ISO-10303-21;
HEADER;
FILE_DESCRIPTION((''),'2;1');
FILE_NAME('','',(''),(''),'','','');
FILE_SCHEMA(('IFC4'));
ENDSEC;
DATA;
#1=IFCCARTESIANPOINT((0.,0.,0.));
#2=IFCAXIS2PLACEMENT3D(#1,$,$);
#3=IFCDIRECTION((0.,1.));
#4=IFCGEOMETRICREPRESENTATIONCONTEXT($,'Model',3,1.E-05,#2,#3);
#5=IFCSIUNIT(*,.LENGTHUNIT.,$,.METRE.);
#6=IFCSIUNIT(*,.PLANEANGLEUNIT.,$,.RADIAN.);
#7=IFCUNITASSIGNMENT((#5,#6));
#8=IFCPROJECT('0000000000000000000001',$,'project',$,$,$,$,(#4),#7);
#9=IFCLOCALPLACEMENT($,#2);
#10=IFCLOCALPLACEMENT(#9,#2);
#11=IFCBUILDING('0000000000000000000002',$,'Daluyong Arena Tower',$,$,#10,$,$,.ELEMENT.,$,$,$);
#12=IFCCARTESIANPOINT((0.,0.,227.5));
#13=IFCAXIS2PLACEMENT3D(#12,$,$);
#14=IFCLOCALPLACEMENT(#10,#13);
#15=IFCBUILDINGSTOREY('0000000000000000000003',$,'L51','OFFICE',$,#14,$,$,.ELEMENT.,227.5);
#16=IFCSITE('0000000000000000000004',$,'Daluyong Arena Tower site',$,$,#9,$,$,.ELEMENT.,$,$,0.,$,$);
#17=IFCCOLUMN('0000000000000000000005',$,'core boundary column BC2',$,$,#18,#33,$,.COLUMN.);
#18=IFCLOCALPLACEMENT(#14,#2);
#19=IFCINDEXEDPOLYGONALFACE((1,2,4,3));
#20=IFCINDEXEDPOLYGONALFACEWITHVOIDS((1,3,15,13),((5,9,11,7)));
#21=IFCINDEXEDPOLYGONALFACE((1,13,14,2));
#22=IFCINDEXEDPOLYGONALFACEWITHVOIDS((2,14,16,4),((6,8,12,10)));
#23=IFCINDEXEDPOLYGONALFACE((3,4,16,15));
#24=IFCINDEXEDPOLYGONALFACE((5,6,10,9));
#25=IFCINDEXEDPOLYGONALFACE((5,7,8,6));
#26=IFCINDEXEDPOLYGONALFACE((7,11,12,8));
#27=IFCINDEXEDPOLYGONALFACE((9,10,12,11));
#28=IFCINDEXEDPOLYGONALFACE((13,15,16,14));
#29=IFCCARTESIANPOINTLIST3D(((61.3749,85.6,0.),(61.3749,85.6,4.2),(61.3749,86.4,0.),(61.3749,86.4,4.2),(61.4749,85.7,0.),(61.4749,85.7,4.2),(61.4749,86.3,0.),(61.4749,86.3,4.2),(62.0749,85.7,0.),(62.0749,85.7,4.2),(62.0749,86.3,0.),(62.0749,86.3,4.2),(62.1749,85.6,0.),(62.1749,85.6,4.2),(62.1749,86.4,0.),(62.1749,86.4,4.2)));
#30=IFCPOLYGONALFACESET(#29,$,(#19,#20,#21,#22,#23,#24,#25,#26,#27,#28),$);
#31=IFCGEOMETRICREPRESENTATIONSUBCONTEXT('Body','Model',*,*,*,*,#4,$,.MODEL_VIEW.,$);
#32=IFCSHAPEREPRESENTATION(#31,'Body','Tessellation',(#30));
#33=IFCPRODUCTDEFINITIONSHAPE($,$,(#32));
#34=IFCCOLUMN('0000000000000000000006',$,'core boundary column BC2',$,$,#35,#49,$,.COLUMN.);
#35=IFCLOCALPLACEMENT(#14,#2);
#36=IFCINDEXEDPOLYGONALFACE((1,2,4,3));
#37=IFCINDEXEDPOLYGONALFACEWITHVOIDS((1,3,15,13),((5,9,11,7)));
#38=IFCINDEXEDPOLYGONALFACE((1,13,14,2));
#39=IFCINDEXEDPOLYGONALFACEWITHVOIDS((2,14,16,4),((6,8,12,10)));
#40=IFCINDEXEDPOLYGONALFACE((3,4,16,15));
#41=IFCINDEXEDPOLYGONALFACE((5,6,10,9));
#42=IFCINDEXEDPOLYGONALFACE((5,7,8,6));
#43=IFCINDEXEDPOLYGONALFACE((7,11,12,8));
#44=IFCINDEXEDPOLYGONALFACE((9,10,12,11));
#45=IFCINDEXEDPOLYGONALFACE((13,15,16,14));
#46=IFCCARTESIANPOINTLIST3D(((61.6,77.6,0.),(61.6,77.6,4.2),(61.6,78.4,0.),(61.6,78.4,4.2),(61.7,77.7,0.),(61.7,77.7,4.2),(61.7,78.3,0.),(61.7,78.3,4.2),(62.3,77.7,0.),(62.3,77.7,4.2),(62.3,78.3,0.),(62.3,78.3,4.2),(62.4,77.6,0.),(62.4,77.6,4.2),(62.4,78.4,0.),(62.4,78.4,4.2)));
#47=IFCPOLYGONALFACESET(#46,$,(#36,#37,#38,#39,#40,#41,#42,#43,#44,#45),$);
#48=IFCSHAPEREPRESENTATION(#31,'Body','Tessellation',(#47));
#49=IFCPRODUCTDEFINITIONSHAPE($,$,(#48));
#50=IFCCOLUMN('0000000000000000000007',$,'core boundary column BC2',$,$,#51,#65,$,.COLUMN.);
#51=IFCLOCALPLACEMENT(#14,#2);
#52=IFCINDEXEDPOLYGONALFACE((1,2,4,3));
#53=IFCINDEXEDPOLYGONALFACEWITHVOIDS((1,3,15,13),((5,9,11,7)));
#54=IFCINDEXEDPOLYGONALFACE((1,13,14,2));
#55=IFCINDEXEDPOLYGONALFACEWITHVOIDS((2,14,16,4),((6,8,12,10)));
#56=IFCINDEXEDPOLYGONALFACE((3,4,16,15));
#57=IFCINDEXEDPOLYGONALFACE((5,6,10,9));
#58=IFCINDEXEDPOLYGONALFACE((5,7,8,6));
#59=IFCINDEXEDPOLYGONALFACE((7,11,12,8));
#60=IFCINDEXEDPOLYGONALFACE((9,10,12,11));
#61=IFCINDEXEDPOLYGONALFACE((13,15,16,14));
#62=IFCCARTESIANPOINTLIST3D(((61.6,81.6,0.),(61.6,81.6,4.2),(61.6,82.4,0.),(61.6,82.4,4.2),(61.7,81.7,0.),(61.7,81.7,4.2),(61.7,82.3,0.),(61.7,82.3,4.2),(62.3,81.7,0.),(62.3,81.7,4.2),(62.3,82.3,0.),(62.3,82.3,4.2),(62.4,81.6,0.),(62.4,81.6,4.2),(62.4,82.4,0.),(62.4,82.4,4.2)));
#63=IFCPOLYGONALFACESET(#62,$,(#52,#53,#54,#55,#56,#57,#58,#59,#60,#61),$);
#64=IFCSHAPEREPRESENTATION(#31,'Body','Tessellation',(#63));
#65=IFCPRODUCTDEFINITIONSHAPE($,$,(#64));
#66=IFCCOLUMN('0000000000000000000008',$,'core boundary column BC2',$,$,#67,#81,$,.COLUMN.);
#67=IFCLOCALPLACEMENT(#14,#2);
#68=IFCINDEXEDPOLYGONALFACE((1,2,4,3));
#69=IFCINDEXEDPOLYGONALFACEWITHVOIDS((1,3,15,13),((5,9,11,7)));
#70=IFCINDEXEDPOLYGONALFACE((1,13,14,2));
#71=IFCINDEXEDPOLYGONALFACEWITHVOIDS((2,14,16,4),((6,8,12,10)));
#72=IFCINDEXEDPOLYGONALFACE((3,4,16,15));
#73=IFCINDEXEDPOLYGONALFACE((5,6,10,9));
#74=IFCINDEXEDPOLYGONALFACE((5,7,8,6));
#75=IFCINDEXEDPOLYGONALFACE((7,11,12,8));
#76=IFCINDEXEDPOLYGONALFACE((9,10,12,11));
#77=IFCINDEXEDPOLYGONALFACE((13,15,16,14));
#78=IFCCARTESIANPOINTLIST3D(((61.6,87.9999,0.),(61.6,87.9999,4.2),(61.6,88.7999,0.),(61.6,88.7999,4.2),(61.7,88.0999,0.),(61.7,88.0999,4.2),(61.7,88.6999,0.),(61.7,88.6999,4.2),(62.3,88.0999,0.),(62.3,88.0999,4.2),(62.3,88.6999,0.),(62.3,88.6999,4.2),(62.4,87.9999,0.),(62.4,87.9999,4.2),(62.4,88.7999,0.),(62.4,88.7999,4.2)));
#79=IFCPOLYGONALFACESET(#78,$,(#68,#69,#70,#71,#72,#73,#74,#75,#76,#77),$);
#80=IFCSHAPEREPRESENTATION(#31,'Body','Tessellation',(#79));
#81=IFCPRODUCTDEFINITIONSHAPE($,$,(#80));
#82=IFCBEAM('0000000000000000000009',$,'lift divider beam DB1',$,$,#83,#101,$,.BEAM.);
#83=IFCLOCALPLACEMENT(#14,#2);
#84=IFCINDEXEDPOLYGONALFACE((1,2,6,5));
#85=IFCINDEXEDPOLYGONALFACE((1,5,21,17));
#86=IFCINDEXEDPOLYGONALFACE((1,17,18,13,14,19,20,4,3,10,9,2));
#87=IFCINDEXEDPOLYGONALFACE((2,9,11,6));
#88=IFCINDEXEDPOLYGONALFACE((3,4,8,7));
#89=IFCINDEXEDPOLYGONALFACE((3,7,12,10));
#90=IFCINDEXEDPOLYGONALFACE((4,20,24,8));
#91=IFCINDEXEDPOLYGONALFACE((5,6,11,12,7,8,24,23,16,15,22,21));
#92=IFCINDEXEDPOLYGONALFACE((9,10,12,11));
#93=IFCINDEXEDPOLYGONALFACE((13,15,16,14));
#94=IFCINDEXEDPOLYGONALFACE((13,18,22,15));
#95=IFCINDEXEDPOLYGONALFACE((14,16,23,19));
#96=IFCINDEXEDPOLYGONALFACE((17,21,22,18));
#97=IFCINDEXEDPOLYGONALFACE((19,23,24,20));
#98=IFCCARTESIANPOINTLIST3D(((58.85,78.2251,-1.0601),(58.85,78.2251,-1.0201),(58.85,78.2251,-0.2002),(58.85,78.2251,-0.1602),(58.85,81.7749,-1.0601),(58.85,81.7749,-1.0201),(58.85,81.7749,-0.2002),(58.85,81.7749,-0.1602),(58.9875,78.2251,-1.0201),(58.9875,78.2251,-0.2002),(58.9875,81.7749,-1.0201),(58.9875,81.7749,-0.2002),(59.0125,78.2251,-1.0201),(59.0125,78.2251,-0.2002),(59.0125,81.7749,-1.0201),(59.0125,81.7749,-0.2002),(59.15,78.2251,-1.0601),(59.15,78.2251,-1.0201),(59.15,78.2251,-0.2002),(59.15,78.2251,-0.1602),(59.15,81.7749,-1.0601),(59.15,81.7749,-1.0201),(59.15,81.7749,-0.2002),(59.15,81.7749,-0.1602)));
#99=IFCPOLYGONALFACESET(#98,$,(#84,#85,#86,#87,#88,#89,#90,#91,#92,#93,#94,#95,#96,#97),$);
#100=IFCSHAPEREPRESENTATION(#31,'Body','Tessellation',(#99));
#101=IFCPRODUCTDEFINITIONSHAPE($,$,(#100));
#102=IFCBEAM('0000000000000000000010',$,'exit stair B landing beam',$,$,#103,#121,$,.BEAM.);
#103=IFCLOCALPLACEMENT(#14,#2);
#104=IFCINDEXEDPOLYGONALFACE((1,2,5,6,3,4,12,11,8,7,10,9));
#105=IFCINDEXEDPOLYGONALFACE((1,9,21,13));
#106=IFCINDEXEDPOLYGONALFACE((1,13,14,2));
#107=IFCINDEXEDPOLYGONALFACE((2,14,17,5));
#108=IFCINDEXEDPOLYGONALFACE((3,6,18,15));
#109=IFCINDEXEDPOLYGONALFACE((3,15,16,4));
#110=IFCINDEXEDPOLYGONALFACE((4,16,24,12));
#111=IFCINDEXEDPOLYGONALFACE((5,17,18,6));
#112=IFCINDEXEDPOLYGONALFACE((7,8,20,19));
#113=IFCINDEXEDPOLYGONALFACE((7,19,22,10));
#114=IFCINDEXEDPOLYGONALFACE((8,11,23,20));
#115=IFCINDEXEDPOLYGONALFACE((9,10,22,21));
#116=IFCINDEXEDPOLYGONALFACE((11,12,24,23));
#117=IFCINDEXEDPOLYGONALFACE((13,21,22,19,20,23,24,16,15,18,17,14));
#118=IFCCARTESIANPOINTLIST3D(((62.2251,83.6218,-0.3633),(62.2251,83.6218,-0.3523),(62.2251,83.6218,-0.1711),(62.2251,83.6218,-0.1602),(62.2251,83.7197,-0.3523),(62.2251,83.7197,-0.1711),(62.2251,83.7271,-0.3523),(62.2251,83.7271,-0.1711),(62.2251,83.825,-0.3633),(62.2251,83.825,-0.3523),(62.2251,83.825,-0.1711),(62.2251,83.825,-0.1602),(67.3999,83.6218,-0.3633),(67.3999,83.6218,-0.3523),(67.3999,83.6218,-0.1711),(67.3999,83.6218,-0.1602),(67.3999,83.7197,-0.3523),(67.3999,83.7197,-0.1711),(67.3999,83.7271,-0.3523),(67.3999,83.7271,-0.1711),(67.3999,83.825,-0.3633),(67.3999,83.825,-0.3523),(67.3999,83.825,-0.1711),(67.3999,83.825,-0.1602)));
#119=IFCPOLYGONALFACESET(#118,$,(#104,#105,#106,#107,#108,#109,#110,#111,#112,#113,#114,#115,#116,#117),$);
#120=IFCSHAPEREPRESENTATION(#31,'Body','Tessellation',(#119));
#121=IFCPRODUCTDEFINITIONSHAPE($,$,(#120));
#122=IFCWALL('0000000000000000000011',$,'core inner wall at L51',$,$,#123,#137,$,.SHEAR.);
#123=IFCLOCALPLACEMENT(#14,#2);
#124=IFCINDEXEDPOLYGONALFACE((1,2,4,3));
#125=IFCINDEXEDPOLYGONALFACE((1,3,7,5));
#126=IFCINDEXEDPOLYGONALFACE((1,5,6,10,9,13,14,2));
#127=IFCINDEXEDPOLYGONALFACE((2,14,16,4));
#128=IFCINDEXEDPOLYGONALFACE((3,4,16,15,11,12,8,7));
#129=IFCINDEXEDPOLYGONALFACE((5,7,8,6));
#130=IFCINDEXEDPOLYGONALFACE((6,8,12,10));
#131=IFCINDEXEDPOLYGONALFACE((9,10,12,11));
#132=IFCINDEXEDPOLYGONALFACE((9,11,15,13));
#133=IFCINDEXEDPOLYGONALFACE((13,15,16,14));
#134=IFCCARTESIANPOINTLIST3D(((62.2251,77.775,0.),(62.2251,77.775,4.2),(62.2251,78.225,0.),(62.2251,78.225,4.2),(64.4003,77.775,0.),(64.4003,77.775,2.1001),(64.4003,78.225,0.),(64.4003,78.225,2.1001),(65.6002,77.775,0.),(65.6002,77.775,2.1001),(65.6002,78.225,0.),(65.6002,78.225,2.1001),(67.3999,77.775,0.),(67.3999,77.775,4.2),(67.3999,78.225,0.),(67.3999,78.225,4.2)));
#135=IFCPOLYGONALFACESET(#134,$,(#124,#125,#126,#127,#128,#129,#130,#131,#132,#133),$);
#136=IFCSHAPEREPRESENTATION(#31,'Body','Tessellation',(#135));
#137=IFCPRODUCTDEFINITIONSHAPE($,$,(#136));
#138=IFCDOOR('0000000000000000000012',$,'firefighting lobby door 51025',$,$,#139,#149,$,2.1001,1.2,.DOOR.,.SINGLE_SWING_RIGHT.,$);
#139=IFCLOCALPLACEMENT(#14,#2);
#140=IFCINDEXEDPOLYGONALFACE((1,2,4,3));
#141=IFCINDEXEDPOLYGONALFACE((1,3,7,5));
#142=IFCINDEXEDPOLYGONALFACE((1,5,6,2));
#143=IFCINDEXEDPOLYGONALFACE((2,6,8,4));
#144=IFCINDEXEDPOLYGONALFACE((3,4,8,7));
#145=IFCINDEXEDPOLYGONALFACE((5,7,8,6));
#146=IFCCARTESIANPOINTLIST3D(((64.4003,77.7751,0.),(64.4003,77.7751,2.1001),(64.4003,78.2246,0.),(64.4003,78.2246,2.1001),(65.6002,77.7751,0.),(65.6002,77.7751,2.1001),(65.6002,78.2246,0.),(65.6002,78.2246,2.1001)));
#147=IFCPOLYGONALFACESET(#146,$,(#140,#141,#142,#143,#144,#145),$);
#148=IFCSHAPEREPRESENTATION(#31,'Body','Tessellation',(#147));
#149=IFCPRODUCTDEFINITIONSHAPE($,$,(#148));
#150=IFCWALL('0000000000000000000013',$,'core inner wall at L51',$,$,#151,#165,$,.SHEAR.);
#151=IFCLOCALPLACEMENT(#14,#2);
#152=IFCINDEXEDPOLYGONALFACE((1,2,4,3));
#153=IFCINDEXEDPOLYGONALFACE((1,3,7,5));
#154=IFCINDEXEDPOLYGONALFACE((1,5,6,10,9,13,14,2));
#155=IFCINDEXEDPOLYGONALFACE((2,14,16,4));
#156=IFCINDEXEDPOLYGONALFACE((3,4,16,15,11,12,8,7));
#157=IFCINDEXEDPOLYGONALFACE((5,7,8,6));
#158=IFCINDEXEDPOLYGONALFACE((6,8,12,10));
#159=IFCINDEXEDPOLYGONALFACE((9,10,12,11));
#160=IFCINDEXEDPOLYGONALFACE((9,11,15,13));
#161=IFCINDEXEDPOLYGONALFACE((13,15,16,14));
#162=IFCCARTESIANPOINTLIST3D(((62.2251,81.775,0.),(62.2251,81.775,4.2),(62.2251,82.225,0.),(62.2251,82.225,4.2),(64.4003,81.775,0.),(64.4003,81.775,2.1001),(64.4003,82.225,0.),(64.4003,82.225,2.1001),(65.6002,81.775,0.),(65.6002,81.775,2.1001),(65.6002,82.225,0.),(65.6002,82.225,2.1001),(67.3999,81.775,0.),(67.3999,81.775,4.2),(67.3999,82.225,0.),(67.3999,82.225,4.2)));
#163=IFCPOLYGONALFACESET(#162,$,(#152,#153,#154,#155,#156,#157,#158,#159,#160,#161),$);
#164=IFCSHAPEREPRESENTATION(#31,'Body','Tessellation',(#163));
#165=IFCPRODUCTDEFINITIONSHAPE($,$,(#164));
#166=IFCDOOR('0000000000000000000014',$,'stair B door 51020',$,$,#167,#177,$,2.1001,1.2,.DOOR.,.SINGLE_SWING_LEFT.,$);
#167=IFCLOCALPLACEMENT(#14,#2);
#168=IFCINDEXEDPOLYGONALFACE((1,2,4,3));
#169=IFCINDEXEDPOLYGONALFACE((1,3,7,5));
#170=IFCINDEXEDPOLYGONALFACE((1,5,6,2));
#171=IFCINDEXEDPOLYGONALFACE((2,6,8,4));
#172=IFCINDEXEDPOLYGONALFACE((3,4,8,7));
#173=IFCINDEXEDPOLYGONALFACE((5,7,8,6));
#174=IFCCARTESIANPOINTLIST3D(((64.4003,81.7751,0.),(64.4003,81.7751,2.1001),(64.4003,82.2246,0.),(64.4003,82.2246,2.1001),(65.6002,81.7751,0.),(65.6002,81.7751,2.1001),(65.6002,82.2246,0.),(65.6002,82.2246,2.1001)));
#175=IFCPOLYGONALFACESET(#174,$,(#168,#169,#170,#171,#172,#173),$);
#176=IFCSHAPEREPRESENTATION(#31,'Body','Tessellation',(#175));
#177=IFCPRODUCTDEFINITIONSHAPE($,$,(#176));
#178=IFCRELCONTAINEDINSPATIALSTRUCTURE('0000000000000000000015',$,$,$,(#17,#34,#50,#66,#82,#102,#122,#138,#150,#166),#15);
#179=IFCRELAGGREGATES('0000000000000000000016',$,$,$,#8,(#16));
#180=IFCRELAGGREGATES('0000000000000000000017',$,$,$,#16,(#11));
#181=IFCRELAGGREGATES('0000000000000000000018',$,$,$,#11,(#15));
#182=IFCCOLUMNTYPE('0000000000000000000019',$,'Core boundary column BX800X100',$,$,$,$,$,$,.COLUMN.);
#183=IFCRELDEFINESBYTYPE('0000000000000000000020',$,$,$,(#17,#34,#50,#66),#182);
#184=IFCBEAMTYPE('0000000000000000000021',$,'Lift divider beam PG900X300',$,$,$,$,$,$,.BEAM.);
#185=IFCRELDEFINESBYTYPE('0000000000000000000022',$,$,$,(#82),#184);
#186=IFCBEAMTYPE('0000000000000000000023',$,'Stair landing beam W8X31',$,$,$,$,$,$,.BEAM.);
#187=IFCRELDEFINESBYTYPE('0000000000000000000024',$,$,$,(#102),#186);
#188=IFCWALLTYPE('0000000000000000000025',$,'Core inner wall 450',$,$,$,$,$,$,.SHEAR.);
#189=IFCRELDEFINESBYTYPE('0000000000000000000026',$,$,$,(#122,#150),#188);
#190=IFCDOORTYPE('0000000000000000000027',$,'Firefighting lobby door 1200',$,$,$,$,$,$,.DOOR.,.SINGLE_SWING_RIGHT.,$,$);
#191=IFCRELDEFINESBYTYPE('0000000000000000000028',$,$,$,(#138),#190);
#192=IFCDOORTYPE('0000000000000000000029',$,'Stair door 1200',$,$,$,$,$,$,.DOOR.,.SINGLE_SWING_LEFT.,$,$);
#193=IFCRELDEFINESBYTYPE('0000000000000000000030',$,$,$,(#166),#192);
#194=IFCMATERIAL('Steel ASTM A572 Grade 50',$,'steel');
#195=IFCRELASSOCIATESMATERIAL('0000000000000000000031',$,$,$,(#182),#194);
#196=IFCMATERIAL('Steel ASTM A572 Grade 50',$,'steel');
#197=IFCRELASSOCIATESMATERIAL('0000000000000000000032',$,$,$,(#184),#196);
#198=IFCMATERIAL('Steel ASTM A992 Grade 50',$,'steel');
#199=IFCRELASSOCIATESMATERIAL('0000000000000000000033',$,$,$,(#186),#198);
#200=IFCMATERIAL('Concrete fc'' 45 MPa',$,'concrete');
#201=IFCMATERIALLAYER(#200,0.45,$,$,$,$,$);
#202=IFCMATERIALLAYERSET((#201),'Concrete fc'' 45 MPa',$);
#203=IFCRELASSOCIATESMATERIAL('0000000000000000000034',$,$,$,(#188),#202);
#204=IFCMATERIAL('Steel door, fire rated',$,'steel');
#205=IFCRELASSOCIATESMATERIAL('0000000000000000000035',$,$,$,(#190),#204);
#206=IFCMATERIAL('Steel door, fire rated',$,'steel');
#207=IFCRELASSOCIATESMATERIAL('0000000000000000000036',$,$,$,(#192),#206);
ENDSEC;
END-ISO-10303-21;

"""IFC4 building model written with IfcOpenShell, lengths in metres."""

from ifc_helpers import new_model, si_unit, direction, frame, frame_2d, origin, origin_2d, place, context, subcontext, project, spatial, rectangle, hollow_rectangle, i_section, extrude, material, layer, layer_set, material_profile, profile_set, type_object, element, fill, save


model = new_model("IFC4")

# Units and contexts
model_context = context("Model", 3, precision=1e-05, world=origin(), true_north=direction((0.0, 1.0)))
body_context = subcontext(model_context, "Body", "Model", "MODEL_VIEW")
ifc_project = project(units=[si_unit("LENGTHUNIT", "METRE"), si_unit("PLANEANGLEUNIT", "RADIAN")], contexts=[model_context])

# Site, building, storey
site_placement = place(None, origin())
site = spatial("IfcSite", under=ifc_project, at=site_placement, Name="Daluyong Arena Tower site", CompositionType="ELEMENT", RefElevation=0.0)
building_placement = place(site_placement, origin())
building = spatial("IfcBuilding", under=site, at=building_placement, Name="Daluyong Arena Tower", CompositionType="ELEMENT")
storey_placement = place(building_placement, frame((0.0, 0.0, 227.5)))
storey = spatial("IfcBuildingStorey", under=building, at=storey_placement, Name="L51", Description="OFFICE", CompositionType="ELEMENT", Elevation=227.5)

# Columns
ifc_material_1 = material(Name="Steel ASTM A572 Grade 50", Category="steel")
ifc_material_profile_1 = material_profile(ifc_material_1, hollow_rectangle(XDim=0.8, YDim=0.8, WallThickness=0.1, at=origin_2d()))
ifc_profile_set_1 = profile_set([ifc_material_profile_1], Name="Steel ASTM A572 Grade 50")
column_type = type_object("IfcColumnType", Name="Core boundary column BX800X100", PredefinedType="COLUMN", material=ifc_profile_set_1)
for number, where, z_axis, x_axis, name in (
    (1, (61.7749, 86.0, 0.0), (0.0, 0.0, 1.0), (1.0, 0.0, 0.0), "core boundary column BC2"),
    (2, (62.0, 78.0, 0.0), (0.0, 0.0, 1.0), (1.0, 0.0, 0.0), "core boundary column BC2"),
    (3, (62.0, 82.0, 0.0), (0.0, 0.0, 1.0), (1.0, 0.0, 0.0), "core boundary column BC2"),
    (4, (62.0, 88.3999, 0.0), (0.0, 0.0, 1.0), (1.0, 0.0, 0.0), "core boundary column BC2"),
):
    element("IfcColumn", number, at=place(storey_placement, frame(where, z_axis=z_axis, x_axis=x_axis)), inside=storey, type_object=column_type, Name=name, PredefinedType="COLUMN", context=body_context, shape_type="SweptSolid", body=[
        extrude(hollow_rectangle(XDim=0.8, YDim=0.8, WallThickness=0.1, at=origin_2d()), origin(), (0.0, 0.0, 1.0), 4.2),
    ])

# Beams
ifc_material_2 = material(Name="Steel ASTM A572 Grade 50", Category="steel")
ifc_material_profile_2 = material_profile(ifc_material_2, i_section(OverallWidth=0.3, OverallDepth=0.8999, WebThickness=0.025, FlangeThickness=0.04, at=origin_2d()))
ifc_profile_set_2 = profile_set([ifc_material_profile_2], Name="Steel ASTM A572 Grade 50")
beam_type_1 = type_object("IfcBeamType", Name="Lift divider beam PG900X300", PredefinedType="BEAM", material=ifc_profile_set_2)
beam_1_placement = place(storey_placement, frame((59.0, 78.2251, -0.6101), z_axis=(0.0, 1.0, 0.0), x_axis=(-1.0, 0.0, 0.0)))
element("IfcBeam", 5, at=beam_1_placement, inside=storey, type_object=beam_type_1, Name="lift divider beam DB1", PredefinedType="BEAM", context=body_context, shape_type="SweptSolid", body=[
    extrude(i_section(OverallWidth=0.3, OverallDepth=0.8999, WebThickness=0.025, FlangeThickness=0.04, at=origin_2d()), origin(), (0.0, 0.0, 1.0), 3.5498),
])
ifc_material_3 = material(Name="Steel ASTM A992 Grade 50", Category="steel")
ifc_material_profile_3 = material_profile(ifc_material_3, i_section(OverallWidth=0.2031, OverallDepth=0.2031, WebThickness=0.0073, FlangeThickness=0.011, at=origin_2d()))
ifc_profile_set_3 = profile_set([ifc_material_profile_3], Name="Steel ASTM A992 Grade 50")
beam_type_2 = type_object("IfcBeamType", Name="Stair landing beam W8X31", PredefinedType="BEAM", material=ifc_profile_set_3)
beam_2_placement = place(storey_placement, frame((62.2251, 83.7234, -0.2617), z_axis=(1.0, 0.0, 0.0), x_axis=(0.0, 1.0, 0.0)))
element("IfcBeam", 6, at=beam_2_placement, inside=storey, type_object=beam_type_2, Name="exit stair B landing beam", PredefinedType="BEAM", context=body_context, shape_type="SweptSolid", body=[
    extrude(i_section(OverallWidth=0.2031, OverallDepth=0.2031, WebThickness=0.0073, FlangeThickness=0.011, at=origin_2d()), origin(), (0.0, 0.0, 1.0), 5.1748),
])

# Walls, openings, doors
ifc_material_4 = material(Name="Concrete fc' 45 MPa", Category="concrete")
ifc_layer_1 = layer(ifc_material_4, 0.45)
ifc_layer_set_1 = layer_set([ifc_layer_1], Name="Concrete fc' 45 MPa")
wall_type_1 = type_object("IfcWallType", Name="Core inner wall 450", PredefinedType="SHEAR", material=ifc_layer_set_1)
wall_1_placement = place(storey_placement, frame((62.2251, 78.0, 0.0), z_axis=(0.0, 0.0, 1.0), x_axis=(1.0, 0.0, 0.0)))
wall_1 = element("IfcWall", 7, at=wall_1_placement, inside=storey, type_object=wall_type_1, Name="core inner wall at L51", PredefinedType="SHEAR", context=body_context, shape_type="SweptSolid", body=[
    extrude(rectangle(XDim=5.1748, YDim=0.45, at=frame_2d((2.5874, 0.0))), origin(), (0.0, 0.0, 1.0), 4.2),
])
opening_1_placement = place(wall_1_placement, frame((2.175, 0.0, 0.0)))
opening_1 = element("IfcOpeningElement", 8, at=opening_1_placement, cuts=wall_1, PredefinedType="OPENING", context=body_context, shape_type="SweptSolid", body=[
    extrude(rectangle(XDim=1.2, YDim=2.1001, at=frame_2d((0.6001, 1.05))), frame((0.0, 0.2349, 0.0), z_axis=(0.0, -1.0, 0.0), x_axis=(1.0, 0.0, 0.0)), (0.0, 0.0, 1.0), 0.47),
])
ifc_material_5 = material(Name="Steel door, fire rated", Category="steel")
door_type_1 = type_object("IfcDoorType", Name="Firefighting lobby door 1200", OperationType="SINGLE_SWING_RIGHT", PredefinedType="DOOR", material=ifc_material_5)
door_1_placement = place(opening_1_placement, origin())
door_1 = element("IfcDoor", 9, at=door_1_placement, inside=storey, type_object=door_type_1, Name="firefighting lobby door 51025", OperationType="SINGLE_SWING_RIGHT", OverallHeight=2.1001, OverallWidth=1.2, PredefinedType="DOOR", context=body_context, shape_type="SweptSolid", body=[
    extrude(rectangle(XDim=1.2, YDim=2.1001, at=frame_2d((0.6001, 1.05))), frame((0.0, 0.2246, 0.0), z_axis=(0.0, -1.0, 0.0), x_axis=(1.0, 0.0, 0.0)), (0.0, 0.0, 1.0), 0.4495),
])
fill(opening_1, door_1)
wall_2_placement = place(storey_placement, frame((62.2251, 82.0, 0.0), z_axis=(0.0, 0.0, 1.0), x_axis=(1.0, 0.0, 0.0)))
wall_2 = element("IfcWall", 10, at=wall_2_placement, inside=storey, type_object=wall_type_1, Name="core inner wall at L51", PredefinedType="SHEAR", context=body_context, shape_type="SweptSolid", body=[
    extrude(rectangle(XDim=5.1748, YDim=0.45, at=frame_2d((2.5874, 0.0))), origin(), (0.0, 0.0, 1.0), 4.2),
])
opening_2_placement = place(wall_2_placement, frame((2.175, 0.0, 0.0)))
opening_2 = element("IfcOpeningElement", 11, at=opening_2_placement, cuts=wall_2, PredefinedType="OPENING", context=body_context, shape_type="SweptSolid", body=[
    extrude(rectangle(XDim=1.2, YDim=2.1001, at=frame_2d((0.6001, 1.05))), frame((0.0, 0.2349, 0.0), z_axis=(0.0, -1.0, 0.0), x_axis=(1.0, 0.0, 0.0)), (0.0, 0.0, 1.0), 0.47),
])
ifc_material_6 = material(Name="Steel door, fire rated", Category="steel")
door_type_2 = type_object("IfcDoorType", Name="Stair door 1200", OperationType="SINGLE_SWING_LEFT", PredefinedType="DOOR", material=ifc_material_6)
door_2_placement = place(opening_2_placement, origin())
door_2 = element("IfcDoor", 12, at=door_2_placement, inside=storey, type_object=door_type_2, Name="stair B door 51020", OperationType="SINGLE_SWING_LEFT", OverallHeight=2.1001, OverallWidth=1.2, PredefinedType="DOOR", context=body_context, shape_type="SweptSolid", body=[
    extrude(rectangle(XDim=1.2, YDim=2.1001, at=frame_2d((0.6001, 1.05))), frame((0.0, 0.2246, 0.0), z_axis=(0.0, -1.0, 0.0), x_axis=(1.0, 0.0, 0.0)), (0.0, 0.0, 1.0), 0.4495),
])
fill(opening_2, door_2)

save(model, "model.ifc")
